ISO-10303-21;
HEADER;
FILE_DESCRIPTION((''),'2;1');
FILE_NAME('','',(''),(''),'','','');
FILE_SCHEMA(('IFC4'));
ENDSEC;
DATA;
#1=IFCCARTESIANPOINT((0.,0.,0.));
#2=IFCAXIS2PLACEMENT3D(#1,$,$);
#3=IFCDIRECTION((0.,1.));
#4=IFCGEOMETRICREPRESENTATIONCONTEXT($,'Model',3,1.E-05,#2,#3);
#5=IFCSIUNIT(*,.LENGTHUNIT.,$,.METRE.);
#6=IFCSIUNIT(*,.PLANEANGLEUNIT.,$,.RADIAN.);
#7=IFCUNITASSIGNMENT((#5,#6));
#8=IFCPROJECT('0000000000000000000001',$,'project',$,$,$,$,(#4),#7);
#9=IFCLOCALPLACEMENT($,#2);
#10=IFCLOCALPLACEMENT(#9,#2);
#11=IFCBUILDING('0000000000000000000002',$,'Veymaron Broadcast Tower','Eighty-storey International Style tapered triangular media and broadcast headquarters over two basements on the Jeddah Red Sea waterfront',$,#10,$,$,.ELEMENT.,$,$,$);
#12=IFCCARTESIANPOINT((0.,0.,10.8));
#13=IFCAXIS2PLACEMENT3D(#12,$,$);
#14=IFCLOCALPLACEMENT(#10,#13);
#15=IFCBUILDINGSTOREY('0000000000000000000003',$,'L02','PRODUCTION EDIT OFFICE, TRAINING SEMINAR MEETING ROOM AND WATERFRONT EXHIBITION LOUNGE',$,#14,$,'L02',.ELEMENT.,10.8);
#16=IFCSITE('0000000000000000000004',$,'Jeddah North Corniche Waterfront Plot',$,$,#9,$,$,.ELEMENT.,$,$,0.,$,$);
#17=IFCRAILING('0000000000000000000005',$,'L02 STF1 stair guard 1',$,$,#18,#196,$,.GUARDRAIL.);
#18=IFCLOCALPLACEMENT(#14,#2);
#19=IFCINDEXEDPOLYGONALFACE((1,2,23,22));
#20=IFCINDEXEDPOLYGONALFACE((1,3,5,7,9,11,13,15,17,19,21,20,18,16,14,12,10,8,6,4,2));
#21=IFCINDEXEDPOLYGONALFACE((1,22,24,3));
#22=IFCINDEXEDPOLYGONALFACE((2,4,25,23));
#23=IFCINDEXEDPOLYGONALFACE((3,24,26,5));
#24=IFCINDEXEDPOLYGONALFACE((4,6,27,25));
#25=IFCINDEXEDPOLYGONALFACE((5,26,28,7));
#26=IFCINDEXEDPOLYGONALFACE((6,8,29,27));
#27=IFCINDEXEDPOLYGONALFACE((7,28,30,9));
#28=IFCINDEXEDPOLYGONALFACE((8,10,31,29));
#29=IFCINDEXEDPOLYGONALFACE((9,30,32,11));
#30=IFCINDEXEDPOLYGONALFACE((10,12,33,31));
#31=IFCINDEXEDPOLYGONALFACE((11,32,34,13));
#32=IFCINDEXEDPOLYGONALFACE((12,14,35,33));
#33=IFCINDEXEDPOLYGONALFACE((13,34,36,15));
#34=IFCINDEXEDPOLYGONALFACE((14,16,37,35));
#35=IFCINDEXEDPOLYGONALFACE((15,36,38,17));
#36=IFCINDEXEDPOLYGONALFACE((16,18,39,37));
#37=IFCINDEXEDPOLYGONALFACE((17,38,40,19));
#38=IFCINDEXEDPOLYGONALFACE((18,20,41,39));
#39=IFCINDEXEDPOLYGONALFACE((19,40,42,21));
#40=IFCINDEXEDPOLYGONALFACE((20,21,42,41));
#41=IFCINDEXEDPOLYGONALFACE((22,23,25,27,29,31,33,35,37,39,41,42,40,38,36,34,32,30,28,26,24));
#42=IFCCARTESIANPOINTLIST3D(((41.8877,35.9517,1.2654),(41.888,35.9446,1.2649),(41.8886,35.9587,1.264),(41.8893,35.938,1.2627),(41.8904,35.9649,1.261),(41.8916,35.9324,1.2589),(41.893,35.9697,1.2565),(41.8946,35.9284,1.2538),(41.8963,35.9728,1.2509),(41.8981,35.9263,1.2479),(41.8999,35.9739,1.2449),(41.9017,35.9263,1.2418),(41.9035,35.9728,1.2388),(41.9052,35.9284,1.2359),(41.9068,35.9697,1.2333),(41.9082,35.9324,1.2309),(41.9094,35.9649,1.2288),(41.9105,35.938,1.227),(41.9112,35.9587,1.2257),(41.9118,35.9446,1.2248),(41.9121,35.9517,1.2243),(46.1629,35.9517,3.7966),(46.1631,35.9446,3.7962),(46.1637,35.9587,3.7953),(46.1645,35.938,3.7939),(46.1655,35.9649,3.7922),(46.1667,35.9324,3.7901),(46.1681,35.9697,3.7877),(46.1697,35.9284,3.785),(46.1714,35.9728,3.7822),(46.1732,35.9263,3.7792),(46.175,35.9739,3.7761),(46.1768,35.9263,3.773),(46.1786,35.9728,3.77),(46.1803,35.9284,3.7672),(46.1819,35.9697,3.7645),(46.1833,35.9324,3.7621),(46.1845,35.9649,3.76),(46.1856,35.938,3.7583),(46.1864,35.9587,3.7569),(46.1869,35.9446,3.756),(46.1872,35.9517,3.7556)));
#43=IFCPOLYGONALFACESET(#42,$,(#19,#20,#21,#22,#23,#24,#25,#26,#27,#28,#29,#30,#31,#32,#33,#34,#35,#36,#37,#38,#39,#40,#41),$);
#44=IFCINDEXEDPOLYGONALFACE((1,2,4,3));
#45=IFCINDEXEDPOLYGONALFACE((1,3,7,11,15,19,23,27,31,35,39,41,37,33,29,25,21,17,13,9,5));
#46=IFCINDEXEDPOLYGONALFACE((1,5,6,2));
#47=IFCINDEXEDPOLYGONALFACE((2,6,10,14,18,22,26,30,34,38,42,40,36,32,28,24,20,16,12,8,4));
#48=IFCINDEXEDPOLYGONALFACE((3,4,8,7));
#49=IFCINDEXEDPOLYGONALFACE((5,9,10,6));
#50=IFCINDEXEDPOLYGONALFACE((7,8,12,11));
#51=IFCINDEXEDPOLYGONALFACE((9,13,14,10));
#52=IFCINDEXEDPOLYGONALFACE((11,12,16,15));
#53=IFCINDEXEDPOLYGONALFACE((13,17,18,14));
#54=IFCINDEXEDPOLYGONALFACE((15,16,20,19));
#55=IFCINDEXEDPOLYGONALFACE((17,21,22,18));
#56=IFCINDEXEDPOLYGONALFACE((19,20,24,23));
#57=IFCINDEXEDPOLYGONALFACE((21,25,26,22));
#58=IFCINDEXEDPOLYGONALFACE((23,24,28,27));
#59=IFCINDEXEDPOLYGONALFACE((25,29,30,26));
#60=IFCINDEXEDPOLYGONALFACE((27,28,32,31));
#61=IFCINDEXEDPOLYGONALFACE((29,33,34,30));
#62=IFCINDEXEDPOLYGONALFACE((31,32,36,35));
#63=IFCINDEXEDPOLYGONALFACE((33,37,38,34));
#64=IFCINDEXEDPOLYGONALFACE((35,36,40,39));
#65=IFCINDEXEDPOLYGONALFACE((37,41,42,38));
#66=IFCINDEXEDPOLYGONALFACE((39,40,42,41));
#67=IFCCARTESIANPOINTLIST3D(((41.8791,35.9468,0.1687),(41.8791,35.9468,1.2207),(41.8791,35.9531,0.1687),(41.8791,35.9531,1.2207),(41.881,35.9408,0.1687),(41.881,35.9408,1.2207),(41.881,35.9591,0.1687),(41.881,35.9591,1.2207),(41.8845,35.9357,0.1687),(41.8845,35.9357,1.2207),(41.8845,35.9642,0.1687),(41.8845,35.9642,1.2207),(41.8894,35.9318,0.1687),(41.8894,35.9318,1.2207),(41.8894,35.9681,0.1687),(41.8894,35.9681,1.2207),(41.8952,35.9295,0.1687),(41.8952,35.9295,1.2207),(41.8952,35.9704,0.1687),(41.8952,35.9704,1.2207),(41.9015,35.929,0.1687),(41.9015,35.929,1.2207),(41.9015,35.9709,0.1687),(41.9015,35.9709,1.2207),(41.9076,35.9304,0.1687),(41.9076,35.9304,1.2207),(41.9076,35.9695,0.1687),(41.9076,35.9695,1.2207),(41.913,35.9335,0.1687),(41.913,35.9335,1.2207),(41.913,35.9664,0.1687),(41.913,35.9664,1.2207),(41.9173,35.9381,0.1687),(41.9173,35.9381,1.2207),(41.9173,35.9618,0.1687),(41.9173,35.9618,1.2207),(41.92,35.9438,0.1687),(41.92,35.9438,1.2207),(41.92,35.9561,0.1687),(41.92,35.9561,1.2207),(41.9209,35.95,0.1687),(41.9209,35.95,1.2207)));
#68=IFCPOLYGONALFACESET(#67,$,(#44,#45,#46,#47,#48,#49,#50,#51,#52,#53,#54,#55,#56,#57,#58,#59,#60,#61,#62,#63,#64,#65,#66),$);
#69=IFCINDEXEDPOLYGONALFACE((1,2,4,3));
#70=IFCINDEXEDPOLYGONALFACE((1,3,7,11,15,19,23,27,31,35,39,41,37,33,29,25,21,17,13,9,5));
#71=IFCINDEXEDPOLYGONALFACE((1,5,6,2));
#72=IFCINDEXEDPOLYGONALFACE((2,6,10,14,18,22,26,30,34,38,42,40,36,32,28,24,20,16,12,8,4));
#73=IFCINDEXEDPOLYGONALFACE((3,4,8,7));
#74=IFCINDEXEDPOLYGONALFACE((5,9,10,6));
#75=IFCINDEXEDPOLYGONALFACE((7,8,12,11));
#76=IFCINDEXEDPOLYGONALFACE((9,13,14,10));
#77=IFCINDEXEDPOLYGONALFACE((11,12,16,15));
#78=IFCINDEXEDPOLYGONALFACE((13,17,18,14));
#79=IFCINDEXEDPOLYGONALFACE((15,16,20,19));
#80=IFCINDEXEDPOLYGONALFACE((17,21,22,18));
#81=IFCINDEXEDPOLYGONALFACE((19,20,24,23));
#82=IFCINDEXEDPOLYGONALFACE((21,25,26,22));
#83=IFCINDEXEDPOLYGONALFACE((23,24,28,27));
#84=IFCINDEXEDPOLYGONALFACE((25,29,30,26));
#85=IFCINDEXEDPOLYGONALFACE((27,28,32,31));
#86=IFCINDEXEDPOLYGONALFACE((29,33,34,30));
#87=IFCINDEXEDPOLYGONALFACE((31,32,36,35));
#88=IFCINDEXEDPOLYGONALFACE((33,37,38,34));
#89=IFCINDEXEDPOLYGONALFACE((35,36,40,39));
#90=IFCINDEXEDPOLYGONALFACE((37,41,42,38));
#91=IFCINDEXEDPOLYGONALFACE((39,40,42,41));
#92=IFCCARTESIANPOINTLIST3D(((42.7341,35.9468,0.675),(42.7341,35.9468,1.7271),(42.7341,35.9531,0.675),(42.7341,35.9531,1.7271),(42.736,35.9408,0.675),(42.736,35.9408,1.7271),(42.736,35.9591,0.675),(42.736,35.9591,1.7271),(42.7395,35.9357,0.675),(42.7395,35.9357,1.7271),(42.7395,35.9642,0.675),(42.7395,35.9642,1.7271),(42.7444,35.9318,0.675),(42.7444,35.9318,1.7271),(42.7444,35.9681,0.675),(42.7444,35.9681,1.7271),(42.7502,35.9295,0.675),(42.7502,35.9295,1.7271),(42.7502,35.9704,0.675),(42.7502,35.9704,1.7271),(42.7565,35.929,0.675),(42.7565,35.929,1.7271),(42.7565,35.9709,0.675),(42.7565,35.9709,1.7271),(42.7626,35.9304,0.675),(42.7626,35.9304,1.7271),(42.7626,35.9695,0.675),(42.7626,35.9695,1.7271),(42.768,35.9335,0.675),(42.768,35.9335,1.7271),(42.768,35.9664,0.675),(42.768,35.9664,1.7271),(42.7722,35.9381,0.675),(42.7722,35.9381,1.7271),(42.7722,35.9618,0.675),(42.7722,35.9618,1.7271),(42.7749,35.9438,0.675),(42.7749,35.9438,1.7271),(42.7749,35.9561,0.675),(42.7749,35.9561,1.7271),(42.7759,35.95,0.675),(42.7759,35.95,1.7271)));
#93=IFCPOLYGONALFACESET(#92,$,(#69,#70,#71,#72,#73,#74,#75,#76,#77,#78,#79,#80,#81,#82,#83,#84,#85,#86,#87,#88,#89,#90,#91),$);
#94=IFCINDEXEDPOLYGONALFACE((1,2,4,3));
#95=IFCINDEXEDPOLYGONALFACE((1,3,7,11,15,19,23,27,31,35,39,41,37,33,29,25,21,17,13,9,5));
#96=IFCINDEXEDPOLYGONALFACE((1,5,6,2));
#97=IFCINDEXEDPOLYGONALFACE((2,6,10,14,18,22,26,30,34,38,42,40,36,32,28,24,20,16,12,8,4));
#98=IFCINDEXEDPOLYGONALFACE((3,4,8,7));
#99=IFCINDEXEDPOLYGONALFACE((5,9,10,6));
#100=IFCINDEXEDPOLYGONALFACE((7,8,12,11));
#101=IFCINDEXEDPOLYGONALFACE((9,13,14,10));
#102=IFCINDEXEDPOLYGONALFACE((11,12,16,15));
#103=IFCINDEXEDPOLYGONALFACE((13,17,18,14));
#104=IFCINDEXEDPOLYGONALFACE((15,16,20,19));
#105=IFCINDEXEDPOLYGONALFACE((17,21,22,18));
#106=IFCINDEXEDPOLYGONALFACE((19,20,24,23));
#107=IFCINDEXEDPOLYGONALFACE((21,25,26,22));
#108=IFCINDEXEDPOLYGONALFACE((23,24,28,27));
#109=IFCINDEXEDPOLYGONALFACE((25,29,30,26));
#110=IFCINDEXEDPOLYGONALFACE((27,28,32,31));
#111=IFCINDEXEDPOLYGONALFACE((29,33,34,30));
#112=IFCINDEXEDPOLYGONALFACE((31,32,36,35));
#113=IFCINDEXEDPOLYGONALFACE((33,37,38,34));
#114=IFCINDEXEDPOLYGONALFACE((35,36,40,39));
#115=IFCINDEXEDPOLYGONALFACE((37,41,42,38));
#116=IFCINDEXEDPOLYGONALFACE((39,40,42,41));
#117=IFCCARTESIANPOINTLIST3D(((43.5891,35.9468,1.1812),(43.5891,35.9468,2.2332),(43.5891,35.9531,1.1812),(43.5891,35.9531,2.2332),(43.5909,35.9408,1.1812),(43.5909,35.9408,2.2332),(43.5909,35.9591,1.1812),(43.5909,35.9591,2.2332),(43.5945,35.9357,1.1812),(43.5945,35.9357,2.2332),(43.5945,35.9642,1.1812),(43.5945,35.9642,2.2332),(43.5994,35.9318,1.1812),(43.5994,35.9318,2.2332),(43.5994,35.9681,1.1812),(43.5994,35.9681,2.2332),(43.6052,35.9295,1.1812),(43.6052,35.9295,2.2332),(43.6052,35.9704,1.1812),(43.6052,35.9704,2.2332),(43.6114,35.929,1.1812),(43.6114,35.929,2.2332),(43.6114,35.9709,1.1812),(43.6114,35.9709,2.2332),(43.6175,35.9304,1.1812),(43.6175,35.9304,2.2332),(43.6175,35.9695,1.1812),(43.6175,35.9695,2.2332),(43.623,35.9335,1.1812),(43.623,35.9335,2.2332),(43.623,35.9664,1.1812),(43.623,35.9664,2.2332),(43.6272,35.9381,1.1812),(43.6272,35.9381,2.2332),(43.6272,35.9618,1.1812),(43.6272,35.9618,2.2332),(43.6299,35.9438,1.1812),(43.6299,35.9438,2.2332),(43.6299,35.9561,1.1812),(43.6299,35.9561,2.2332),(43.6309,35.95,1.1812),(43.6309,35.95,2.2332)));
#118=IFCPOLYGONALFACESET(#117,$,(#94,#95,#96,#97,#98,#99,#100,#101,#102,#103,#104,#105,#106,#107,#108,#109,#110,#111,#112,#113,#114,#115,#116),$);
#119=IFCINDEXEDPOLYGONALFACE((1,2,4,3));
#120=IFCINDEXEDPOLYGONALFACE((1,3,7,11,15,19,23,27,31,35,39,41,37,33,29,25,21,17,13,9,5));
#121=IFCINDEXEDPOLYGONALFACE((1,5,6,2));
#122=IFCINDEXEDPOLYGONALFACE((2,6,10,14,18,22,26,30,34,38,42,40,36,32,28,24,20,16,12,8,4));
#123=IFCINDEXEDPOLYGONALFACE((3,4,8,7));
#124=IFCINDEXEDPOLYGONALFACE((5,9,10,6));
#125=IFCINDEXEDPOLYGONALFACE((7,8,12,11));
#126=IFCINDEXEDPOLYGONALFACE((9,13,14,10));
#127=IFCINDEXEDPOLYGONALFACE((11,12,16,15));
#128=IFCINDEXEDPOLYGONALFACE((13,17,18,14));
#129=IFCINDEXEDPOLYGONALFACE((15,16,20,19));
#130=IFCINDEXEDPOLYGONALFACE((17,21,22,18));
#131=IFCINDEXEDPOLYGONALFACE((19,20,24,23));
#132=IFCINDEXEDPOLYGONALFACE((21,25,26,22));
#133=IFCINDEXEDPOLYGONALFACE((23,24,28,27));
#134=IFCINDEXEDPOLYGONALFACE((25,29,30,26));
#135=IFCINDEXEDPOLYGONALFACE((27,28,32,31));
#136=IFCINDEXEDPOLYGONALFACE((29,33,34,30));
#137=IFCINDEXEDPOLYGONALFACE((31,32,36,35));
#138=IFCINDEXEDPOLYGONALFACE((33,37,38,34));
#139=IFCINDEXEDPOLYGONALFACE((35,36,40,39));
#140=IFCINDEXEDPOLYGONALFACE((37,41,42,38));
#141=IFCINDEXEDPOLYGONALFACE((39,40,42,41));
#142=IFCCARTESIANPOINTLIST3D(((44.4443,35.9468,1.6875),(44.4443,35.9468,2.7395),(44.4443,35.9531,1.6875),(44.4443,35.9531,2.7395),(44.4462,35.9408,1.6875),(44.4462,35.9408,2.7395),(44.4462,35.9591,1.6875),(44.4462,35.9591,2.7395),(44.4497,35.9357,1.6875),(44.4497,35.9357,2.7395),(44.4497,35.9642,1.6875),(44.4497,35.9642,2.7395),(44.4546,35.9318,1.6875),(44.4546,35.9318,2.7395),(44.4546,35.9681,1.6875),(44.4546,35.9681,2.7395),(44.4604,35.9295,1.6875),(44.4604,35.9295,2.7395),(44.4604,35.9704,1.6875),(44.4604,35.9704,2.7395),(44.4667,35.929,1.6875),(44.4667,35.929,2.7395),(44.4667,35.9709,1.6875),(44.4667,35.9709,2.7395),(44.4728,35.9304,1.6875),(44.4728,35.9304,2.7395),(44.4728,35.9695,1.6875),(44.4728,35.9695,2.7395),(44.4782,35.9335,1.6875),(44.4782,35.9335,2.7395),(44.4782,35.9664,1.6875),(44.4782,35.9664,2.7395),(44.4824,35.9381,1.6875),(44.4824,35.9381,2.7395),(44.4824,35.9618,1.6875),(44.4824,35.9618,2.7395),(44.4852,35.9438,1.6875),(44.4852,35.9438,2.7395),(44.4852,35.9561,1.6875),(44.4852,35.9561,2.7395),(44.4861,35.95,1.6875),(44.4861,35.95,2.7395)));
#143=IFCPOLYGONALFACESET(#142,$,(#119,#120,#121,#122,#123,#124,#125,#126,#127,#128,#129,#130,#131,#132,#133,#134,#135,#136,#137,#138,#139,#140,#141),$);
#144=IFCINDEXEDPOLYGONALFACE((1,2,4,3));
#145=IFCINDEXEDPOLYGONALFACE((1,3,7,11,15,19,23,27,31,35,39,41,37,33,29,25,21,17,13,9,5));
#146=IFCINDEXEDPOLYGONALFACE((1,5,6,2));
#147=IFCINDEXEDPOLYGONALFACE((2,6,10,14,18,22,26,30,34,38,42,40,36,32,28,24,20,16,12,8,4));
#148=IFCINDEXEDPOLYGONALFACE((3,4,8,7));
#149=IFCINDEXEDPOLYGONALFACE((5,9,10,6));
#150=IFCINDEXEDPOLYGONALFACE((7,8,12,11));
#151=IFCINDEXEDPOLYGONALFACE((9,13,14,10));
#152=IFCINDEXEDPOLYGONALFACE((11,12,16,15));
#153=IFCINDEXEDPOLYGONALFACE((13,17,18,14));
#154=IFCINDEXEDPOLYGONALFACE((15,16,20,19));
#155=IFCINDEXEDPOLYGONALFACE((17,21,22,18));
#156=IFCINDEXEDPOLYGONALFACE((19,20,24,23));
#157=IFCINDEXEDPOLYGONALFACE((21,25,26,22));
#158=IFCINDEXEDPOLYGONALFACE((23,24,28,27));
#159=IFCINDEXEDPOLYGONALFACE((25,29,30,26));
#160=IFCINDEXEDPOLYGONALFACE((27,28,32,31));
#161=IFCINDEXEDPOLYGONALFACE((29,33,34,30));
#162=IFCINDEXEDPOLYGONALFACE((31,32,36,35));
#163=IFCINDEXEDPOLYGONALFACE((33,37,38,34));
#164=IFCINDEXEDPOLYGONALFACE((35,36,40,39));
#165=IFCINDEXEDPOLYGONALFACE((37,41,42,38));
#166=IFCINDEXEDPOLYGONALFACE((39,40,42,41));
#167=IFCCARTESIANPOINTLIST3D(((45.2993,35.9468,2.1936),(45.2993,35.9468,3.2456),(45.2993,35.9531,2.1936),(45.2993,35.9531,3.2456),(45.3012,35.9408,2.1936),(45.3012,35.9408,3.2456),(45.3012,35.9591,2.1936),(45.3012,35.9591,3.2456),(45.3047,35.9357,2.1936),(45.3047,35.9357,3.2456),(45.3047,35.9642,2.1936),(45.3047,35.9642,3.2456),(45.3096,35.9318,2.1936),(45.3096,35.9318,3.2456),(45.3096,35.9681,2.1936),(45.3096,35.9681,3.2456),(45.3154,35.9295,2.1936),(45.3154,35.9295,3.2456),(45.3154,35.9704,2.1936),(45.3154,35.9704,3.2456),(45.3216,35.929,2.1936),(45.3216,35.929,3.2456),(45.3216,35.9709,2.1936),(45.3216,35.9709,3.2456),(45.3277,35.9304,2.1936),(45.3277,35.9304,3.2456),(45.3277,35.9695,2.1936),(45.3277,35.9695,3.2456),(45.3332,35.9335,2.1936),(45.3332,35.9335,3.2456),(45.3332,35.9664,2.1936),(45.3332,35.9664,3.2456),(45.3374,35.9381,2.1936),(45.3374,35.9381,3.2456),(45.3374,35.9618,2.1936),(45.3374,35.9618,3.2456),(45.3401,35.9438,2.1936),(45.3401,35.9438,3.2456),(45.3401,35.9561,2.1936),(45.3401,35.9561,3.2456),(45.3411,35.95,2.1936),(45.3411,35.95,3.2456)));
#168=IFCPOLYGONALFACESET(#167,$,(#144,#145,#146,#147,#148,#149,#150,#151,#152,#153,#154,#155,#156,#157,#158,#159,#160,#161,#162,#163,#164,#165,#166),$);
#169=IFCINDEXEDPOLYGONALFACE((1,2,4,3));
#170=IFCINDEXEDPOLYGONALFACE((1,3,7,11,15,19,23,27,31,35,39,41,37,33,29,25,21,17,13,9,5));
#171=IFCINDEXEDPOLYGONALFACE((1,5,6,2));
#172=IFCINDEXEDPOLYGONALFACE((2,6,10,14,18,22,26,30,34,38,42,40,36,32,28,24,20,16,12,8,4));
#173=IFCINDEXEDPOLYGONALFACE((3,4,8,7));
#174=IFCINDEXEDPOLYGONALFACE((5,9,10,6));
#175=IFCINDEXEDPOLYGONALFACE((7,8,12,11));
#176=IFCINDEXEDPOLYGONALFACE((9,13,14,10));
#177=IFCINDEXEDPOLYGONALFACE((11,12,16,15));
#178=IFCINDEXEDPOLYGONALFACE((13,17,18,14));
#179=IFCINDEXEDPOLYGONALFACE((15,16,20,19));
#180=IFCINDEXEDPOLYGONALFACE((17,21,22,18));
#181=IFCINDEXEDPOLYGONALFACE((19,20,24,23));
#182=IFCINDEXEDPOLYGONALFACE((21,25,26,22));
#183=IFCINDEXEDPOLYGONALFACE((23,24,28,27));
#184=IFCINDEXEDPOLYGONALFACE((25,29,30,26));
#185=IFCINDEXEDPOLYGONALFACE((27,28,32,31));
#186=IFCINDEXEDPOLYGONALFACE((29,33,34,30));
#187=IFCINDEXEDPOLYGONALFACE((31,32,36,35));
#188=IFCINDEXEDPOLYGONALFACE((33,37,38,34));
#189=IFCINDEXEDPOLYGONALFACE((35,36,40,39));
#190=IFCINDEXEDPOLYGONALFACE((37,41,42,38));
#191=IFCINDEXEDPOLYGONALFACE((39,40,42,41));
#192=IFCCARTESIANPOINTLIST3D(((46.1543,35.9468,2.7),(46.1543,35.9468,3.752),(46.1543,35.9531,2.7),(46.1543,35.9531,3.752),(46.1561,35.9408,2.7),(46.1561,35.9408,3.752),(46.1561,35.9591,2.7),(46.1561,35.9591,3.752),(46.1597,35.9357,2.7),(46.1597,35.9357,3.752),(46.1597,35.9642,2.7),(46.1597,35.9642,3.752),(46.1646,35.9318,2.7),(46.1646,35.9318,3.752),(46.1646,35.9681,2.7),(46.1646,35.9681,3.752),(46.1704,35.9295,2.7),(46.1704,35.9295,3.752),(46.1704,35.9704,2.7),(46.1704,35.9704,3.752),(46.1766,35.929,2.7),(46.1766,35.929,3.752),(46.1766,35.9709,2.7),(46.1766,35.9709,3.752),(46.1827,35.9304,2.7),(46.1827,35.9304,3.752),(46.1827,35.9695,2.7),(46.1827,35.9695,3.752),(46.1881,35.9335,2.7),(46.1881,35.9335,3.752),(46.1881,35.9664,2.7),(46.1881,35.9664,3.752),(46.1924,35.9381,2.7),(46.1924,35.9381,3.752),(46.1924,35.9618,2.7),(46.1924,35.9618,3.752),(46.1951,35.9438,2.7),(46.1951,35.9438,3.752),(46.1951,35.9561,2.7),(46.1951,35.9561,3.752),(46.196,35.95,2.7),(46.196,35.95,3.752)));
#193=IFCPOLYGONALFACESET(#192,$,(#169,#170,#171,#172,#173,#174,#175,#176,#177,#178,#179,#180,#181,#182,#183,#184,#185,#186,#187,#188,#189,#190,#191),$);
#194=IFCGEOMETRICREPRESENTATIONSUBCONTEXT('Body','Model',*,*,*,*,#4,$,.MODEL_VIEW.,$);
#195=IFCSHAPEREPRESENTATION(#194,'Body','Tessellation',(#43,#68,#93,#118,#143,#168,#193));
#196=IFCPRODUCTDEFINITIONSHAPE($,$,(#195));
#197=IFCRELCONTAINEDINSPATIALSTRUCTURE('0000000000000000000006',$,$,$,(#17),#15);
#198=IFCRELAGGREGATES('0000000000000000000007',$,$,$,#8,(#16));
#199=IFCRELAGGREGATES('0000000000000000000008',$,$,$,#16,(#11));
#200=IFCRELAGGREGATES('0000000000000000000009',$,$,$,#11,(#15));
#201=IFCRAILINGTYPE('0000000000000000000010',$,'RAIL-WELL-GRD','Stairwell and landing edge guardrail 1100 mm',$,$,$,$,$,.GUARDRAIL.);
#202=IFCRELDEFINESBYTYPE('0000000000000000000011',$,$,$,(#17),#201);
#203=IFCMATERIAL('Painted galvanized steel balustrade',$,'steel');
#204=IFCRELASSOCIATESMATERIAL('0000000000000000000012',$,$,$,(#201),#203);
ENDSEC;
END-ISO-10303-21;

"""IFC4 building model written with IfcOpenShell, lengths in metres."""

from ifc_helpers import new_model, si_unit, direction, frame, origin, origin_2d, place, context, subcontext, project, spatial, circle, extrude, material, type_object, element, save


model = new_model("IFC4")

# Units and contexts
model_context = context("Model", 3, precision=1e-05, world=origin(), true_north=direction((0.0, 1.0)))
body_context = subcontext(model_context, "Body", "Model", "MODEL_VIEW")
ifc_project = project(units=[si_unit("LENGTHUNIT", "METRE"), si_unit("PLANEANGLEUNIT", "RADIAN")], contexts=[model_context])

# Site, building, storey
site_placement = place(None, origin())
site = spatial("IfcSite", under=ifc_project, at=site_placement, Name="Jeddah North Corniche Waterfront Plot", CompositionType="ELEMENT", RefElevation=0.0)
building_placement = place(site_placement, origin())
building = spatial("IfcBuilding", under=site, at=building_placement, Name="Veymaron Broadcast Tower", Description="Eighty-storey International Style tapered triangular media and broadcast headquarters over two basements on the Jeddah Red Sea waterfront", CompositionType="ELEMENT")
storey_placement = place(building_placement, frame((0.0, 0.0, 10.8)))
storey = spatial("IfcBuildingStorey", under=building, at=storey_placement, Name="L02", Description="PRODUCTION EDIT OFFICE, TRAINING SEMINAR MEETING ROOM AND WATERFRONT EXHIBITION LOUNGE", LongName="L02", CompositionType="ELEMENT", Elevation=10.8)

# Railing
ifc_material_1 = material(Name="Painted galvanized steel balustrade", Category="steel")
railing_type_1 = type_object("IfcRailingType", Name="RAIL-WELL-GRD", Description="Stairwell and landing edge guardrail 1100 mm", PredefinedType="GUARDRAIL", material=ifc_material_1)
railing_1_placement = place(storey_placement, frame((41.8999, 35.95, 0.1687)))
element("IfcRailing", 1, at=railing_1_placement, inside=storey, type_object=railing_type_1, Name="L02 STF1 stair guard 1", PredefinedType="GUARDRAIL", context=body_context, shape_type="SweptSolid", body=[
    extrude(circle(Radius=0.0239, at=origin_2d()), frame((0.0, 0.0, 1.0762), z_axis=(0.860483, 0.0, 0.509479), x_axis=(0.0, 1.0, 0.0)), (0.0, 0.0, 1.0), 4.9683),
    extrude(circle(Radius=0.021, at=origin_2d()), origin(), (0.0, 0.0, 1.0), 1.052),
    extrude(circle(Radius=0.021, at=origin_2d()), frame((0.855, 0.0, 0.5063)), (0.0, 0.0, 1.0), 1.052),
    extrude(circle(Radius=0.021, at=origin_2d()), frame((1.71, 0.0, 1.0125)), (0.0, 0.0, 1.0), 1.052),
    extrude(circle(Radius=0.021, at=origin_2d()), frame((2.5652, 0.0, 1.5188)), (0.0, 0.0, 1.0), 1.052),
    extrude(circle(Radius=0.021, at=origin_2d()), frame((3.4202, 0.0, 2.0249)), (0.0, 0.0, 1.0), 1.052),
    extrude(circle(Radius=0.021, at=origin_2d()), frame((4.2751, 0.0, 2.5312)), (0.0, 0.0, 1.0), 1.052),
])

save(model, "model.ifc")
